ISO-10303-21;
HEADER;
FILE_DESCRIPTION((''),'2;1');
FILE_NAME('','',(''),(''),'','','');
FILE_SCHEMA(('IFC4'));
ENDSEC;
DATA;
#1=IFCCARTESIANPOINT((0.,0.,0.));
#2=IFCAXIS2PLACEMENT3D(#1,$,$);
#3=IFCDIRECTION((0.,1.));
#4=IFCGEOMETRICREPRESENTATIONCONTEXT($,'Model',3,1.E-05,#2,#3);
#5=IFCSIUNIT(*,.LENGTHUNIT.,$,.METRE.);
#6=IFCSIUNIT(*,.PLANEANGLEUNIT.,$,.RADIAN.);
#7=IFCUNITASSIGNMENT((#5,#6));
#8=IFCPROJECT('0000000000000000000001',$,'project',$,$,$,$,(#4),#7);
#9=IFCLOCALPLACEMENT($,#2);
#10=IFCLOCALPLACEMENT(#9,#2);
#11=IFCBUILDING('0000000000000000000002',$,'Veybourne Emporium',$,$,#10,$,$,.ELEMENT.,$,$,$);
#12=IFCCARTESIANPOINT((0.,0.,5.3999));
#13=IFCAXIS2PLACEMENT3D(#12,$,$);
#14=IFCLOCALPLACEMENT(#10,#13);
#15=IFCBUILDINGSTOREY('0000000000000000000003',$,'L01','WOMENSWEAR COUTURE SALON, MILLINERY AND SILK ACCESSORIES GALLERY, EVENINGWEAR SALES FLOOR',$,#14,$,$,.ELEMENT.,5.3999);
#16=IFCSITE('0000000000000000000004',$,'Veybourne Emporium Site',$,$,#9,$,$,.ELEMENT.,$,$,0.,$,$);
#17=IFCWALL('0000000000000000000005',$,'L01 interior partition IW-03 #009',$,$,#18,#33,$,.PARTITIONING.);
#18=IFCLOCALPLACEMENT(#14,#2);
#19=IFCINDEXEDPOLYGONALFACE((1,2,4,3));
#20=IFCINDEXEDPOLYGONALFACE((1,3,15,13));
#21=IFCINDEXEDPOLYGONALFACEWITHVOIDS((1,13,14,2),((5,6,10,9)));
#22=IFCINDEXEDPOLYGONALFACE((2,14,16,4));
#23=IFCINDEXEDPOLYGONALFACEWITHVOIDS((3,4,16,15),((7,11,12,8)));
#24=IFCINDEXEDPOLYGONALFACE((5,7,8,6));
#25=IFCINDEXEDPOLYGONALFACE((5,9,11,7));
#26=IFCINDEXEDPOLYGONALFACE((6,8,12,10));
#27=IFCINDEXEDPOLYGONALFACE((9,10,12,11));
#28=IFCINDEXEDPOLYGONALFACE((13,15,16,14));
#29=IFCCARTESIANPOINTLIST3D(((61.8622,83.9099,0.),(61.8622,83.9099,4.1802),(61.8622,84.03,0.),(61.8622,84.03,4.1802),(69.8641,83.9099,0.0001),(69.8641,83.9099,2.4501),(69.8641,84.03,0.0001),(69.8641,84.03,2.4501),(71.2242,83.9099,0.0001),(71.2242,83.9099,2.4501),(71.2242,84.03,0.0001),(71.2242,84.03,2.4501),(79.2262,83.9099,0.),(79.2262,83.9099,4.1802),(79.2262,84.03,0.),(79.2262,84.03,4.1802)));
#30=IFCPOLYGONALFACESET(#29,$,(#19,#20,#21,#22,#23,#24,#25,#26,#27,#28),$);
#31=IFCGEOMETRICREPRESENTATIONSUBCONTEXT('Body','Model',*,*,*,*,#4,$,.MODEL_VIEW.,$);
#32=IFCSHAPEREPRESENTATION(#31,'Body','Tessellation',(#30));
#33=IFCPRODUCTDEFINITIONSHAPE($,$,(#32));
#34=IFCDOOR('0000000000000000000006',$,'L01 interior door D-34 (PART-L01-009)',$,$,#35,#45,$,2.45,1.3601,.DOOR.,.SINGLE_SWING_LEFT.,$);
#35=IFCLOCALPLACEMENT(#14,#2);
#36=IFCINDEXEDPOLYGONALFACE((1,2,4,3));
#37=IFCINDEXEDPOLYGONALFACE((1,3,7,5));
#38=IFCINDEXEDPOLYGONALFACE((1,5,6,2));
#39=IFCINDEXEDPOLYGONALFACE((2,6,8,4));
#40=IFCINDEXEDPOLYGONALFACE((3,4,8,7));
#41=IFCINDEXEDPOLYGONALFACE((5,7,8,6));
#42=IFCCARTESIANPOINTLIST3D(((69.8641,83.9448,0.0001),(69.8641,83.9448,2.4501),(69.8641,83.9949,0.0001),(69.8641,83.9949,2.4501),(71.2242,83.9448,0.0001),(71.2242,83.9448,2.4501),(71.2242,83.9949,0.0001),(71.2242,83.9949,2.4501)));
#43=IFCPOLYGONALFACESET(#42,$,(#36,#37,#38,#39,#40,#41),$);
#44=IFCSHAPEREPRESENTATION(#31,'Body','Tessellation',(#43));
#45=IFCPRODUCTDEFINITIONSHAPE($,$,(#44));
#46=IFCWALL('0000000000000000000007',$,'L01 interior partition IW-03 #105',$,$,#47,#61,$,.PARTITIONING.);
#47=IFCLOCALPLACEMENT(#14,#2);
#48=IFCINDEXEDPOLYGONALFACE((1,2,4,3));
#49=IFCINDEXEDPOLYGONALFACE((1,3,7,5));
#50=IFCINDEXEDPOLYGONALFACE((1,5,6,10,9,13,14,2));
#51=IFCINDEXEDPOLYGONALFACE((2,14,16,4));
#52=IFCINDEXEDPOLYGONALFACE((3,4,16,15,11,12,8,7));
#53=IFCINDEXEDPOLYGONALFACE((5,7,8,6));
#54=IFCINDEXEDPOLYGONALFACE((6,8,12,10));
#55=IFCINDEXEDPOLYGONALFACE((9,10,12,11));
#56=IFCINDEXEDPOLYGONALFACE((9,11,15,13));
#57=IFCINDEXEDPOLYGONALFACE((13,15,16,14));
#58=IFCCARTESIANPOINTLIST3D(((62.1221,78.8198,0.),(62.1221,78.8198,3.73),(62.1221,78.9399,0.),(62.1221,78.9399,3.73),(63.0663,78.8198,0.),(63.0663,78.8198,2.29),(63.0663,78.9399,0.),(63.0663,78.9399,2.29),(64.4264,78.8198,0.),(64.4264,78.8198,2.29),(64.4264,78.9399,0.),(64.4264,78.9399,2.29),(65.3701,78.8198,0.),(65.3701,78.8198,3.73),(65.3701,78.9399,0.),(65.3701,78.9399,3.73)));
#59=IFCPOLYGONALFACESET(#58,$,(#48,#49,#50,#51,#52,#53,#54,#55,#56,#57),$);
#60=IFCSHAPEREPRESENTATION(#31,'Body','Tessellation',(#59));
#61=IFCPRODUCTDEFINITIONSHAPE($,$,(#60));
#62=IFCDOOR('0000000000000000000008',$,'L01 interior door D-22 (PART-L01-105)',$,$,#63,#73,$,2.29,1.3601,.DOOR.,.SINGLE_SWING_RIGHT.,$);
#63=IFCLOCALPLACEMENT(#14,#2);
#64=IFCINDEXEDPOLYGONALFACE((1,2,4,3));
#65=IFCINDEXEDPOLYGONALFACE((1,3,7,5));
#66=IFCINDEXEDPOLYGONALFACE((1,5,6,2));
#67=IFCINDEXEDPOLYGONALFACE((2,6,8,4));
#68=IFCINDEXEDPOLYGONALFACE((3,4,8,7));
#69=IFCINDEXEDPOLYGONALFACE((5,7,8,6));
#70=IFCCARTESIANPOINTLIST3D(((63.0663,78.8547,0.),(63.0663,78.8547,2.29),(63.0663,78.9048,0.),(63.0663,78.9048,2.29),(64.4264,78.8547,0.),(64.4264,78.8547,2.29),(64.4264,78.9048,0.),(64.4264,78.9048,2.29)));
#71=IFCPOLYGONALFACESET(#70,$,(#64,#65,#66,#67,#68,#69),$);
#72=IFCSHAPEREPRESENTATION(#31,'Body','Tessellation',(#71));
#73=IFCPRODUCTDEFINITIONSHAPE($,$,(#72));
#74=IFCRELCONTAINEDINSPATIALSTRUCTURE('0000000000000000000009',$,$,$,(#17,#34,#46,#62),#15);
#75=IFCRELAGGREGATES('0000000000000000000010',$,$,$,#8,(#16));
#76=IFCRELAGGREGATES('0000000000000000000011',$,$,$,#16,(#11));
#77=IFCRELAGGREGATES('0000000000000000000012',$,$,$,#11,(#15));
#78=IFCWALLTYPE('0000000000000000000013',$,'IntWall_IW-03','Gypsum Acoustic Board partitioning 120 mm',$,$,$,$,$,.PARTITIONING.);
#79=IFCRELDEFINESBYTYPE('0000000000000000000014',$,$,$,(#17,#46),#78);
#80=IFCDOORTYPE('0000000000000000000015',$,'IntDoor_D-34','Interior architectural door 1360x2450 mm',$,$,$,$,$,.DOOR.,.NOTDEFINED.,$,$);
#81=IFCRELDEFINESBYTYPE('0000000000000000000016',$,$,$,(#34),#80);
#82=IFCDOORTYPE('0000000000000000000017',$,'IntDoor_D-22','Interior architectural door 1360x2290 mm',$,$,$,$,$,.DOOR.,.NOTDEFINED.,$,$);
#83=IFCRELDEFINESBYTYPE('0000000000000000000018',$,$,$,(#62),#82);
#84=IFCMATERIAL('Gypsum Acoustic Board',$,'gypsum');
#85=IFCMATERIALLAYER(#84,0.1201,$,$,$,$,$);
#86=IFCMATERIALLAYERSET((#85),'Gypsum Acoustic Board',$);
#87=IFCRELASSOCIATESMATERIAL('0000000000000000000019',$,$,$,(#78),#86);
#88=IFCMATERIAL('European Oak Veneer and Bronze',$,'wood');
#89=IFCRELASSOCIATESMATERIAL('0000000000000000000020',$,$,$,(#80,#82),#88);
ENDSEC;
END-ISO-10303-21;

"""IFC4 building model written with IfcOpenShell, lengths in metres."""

from ifc_helpers import new_model, si_unit, direction, frame, frame_2d, origin, place, context, subcontext, project, spatial, rectangle, extrude, material, layer, layer_set, type_object, element, fill, save


model = new_model("IFC4")

# Units and contexts
model_context = context("Model", 3, precision=1e-05, world=origin(), true_north=direction((0.0, 1.0)))
body_context = subcontext(model_context, "Body", "Model", "MODEL_VIEW")
ifc_project = project(units=[si_unit("LENGTHUNIT", "METRE"), si_unit("PLANEANGLEUNIT", "RADIAN")], contexts=[model_context])

# Site, building, storey
site_placement = place(None, origin())
site = spatial("IfcSite", under=ifc_project, at=site_placement, Name="Veybourne Emporium Site", CompositionType="ELEMENT", RefElevation=0.0)
building_placement = place(site_placement, origin())
building = spatial("IfcBuilding", under=site, at=building_placement, Name="Veybourne Emporium", CompositionType="ELEMENT")
storey_placement = place(building_placement, frame((0.0, 0.0, 5.3999)))
storey = spatial("IfcBuildingStorey", under=building, at=storey_placement, Name="L01", Description="WOMENSWEAR COUTURE SALON, MILLINERY AND SILK ACCESSORIES GALLERY, EVENINGWEAR SALES FLOOR", CompositionType="ELEMENT", Elevation=5.3999)

# Shared definitions
ifc_material_1 = material(Name="Gypsum Acoustic Board", Category="gypsum")
ifc_material_2 = material(Name="European Oak Veneer and Bronze", Category="wood")

# Walls, openings, doors
ifc_layer_1 = layer(ifc_material_1, 0.1201)
ifc_layer_set_1 = layer_set([ifc_layer_1], Name="Gypsum Acoustic Board")
wall_type_1 = type_object("IfcWallType", Name="IntWall_IW-03", Description="Gypsum Acoustic Board partitioning 120 mm", PredefinedType="PARTITIONING", material=ifc_layer_set_1)
wall_1_placement = place(storey_placement, frame((61.8621, 83.97, 0.0), z_axis=(0.0, 0.0, 1.0), x_axis=(1.0, 0.0, 0.0)))
wall_1 = element("IfcWall", 1, at=wall_1_placement, inside=storey, type_object=wall_type_1, Name="L01 interior partition IW-03 #009", PredefinedType="PARTITIONING", context=body_context, shape_type="SweptSolid", body=[
    extrude(rectangle(XDim=17.364, YDim=0.1201, at=frame_2d((8.6821, 0.0))), origin(), (0.0, 0.0, 1.0), 4.1802),
])
opening_1_placement = place(wall_1_placement, frame((8.002, 0.0, 0.0)))
opening_1 = element("IfcOpeningElement", 2, at=opening_1_placement, cuts=wall_1, PredefinedType="OPENING", context=body_context, shape_type="SweptSolid", body=[
    extrude(rectangle(XDim=1.3601, YDim=2.45, at=frame_2d((0.6802, 1.2251))), frame((0.0, 0.0801, 0.0), z_axis=(0.0, -1.0, 0.0), x_axis=(1.0, 0.0, 0.0)), (0.0, 0.0, 1.0), 0.1602),
])
door_type_1 = type_object("IfcDoorType", Name="IntDoor_D-34", Description="Interior architectural door 1360x2450 mm", OperationType="NOTDEFINED", PredefinedType="DOOR", material=ifc_material_2)
door_1_placement = place(opening_1_placement, origin())
door_1 = element("IfcDoor", 3, at=door_1_placement, inside=storey, type_object=door_type_1, Name="L01 interior door D-34 (PART-L01-009)", OperationType="SINGLE_SWING_LEFT", OverallHeight=2.45, OverallWidth=1.3601, PredefinedType="DOOR", context=body_context, shape_type="SweptSolid", body=[
    extrude(rectangle(XDim=1.3601, YDim=2.45, at=frame_2d((0.6802, 1.2251))), frame((0.0, 0.0249, 0.0), z_axis=(0.0, -1.0, 0.0), x_axis=(1.0, 0.0, 0.0)), (0.0, 0.0, 1.0), 0.05),
])
fill(opening_1, door_1)
wall_2_placement = place(storey_placement, frame((62.1221, 78.8799, 0.0), z_axis=(0.0, 0.0, 1.0), x_axis=(1.0, 0.0, 0.0)))
wall_2 = element("IfcWall", 4, at=wall_2_placement, inside=storey, type_object=wall_type_1, Name="L01 interior partition IW-03 #105", PredefinedType="PARTITIONING", context=body_context, shape_type="SweptSolid", body=[
    extrude(rectangle(XDim=3.248, YDim=0.1201, at=frame_2d((1.624, 0.0))), origin(), (0.0, 0.0, 1.0), 3.73),
])
opening_2_placement = place(wall_2_placement, frame((0.9441, 0.0, 0.0)))
opening_2 = element("IfcOpeningElement", 5, at=opening_2_placement, cuts=wall_2, PredefinedType="OPENING", context=body_context, shape_type="SweptSolid", body=[
    extrude(rectangle(XDim=1.3601, YDim=2.29, at=frame_2d((0.6802, 1.145))), frame((0.0, 0.0801, 0.0), z_axis=(0.0, -1.0, 0.0), x_axis=(1.0, 0.0, 0.0)), (0.0, 0.0, 1.0), 0.1602),
])
door_type_2 = type_object("IfcDoorType", Name="IntDoor_D-22", Description="Interior architectural door 1360x2290 mm", OperationType="NOTDEFINED", PredefinedType="DOOR", material=ifc_material_2)
door_2_placement = place(opening_2_placement, origin())
door_2 = element("IfcDoor", 6, at=door_2_placement, inside=storey, type_object=door_type_2, Name="L01 interior door D-22 (PART-L01-105)", OperationType="SINGLE_SWING_RIGHT", OverallHeight=2.29, OverallWidth=1.3601, PredefinedType="DOOR", context=body_context, shape_type="SweptSolid", body=[
    extrude(rectangle(XDim=1.3601, YDim=2.29, at=frame_2d((0.6802, 1.145))), frame((0.0, 0.0249, 0.0), z_axis=(0.0, -1.0, 0.0), x_axis=(1.0, 0.0, 0.0)), (0.0, 0.0, 1.0), 0.05),
])
fill(opening_2, door_2)

save(model, "model.ifc")
